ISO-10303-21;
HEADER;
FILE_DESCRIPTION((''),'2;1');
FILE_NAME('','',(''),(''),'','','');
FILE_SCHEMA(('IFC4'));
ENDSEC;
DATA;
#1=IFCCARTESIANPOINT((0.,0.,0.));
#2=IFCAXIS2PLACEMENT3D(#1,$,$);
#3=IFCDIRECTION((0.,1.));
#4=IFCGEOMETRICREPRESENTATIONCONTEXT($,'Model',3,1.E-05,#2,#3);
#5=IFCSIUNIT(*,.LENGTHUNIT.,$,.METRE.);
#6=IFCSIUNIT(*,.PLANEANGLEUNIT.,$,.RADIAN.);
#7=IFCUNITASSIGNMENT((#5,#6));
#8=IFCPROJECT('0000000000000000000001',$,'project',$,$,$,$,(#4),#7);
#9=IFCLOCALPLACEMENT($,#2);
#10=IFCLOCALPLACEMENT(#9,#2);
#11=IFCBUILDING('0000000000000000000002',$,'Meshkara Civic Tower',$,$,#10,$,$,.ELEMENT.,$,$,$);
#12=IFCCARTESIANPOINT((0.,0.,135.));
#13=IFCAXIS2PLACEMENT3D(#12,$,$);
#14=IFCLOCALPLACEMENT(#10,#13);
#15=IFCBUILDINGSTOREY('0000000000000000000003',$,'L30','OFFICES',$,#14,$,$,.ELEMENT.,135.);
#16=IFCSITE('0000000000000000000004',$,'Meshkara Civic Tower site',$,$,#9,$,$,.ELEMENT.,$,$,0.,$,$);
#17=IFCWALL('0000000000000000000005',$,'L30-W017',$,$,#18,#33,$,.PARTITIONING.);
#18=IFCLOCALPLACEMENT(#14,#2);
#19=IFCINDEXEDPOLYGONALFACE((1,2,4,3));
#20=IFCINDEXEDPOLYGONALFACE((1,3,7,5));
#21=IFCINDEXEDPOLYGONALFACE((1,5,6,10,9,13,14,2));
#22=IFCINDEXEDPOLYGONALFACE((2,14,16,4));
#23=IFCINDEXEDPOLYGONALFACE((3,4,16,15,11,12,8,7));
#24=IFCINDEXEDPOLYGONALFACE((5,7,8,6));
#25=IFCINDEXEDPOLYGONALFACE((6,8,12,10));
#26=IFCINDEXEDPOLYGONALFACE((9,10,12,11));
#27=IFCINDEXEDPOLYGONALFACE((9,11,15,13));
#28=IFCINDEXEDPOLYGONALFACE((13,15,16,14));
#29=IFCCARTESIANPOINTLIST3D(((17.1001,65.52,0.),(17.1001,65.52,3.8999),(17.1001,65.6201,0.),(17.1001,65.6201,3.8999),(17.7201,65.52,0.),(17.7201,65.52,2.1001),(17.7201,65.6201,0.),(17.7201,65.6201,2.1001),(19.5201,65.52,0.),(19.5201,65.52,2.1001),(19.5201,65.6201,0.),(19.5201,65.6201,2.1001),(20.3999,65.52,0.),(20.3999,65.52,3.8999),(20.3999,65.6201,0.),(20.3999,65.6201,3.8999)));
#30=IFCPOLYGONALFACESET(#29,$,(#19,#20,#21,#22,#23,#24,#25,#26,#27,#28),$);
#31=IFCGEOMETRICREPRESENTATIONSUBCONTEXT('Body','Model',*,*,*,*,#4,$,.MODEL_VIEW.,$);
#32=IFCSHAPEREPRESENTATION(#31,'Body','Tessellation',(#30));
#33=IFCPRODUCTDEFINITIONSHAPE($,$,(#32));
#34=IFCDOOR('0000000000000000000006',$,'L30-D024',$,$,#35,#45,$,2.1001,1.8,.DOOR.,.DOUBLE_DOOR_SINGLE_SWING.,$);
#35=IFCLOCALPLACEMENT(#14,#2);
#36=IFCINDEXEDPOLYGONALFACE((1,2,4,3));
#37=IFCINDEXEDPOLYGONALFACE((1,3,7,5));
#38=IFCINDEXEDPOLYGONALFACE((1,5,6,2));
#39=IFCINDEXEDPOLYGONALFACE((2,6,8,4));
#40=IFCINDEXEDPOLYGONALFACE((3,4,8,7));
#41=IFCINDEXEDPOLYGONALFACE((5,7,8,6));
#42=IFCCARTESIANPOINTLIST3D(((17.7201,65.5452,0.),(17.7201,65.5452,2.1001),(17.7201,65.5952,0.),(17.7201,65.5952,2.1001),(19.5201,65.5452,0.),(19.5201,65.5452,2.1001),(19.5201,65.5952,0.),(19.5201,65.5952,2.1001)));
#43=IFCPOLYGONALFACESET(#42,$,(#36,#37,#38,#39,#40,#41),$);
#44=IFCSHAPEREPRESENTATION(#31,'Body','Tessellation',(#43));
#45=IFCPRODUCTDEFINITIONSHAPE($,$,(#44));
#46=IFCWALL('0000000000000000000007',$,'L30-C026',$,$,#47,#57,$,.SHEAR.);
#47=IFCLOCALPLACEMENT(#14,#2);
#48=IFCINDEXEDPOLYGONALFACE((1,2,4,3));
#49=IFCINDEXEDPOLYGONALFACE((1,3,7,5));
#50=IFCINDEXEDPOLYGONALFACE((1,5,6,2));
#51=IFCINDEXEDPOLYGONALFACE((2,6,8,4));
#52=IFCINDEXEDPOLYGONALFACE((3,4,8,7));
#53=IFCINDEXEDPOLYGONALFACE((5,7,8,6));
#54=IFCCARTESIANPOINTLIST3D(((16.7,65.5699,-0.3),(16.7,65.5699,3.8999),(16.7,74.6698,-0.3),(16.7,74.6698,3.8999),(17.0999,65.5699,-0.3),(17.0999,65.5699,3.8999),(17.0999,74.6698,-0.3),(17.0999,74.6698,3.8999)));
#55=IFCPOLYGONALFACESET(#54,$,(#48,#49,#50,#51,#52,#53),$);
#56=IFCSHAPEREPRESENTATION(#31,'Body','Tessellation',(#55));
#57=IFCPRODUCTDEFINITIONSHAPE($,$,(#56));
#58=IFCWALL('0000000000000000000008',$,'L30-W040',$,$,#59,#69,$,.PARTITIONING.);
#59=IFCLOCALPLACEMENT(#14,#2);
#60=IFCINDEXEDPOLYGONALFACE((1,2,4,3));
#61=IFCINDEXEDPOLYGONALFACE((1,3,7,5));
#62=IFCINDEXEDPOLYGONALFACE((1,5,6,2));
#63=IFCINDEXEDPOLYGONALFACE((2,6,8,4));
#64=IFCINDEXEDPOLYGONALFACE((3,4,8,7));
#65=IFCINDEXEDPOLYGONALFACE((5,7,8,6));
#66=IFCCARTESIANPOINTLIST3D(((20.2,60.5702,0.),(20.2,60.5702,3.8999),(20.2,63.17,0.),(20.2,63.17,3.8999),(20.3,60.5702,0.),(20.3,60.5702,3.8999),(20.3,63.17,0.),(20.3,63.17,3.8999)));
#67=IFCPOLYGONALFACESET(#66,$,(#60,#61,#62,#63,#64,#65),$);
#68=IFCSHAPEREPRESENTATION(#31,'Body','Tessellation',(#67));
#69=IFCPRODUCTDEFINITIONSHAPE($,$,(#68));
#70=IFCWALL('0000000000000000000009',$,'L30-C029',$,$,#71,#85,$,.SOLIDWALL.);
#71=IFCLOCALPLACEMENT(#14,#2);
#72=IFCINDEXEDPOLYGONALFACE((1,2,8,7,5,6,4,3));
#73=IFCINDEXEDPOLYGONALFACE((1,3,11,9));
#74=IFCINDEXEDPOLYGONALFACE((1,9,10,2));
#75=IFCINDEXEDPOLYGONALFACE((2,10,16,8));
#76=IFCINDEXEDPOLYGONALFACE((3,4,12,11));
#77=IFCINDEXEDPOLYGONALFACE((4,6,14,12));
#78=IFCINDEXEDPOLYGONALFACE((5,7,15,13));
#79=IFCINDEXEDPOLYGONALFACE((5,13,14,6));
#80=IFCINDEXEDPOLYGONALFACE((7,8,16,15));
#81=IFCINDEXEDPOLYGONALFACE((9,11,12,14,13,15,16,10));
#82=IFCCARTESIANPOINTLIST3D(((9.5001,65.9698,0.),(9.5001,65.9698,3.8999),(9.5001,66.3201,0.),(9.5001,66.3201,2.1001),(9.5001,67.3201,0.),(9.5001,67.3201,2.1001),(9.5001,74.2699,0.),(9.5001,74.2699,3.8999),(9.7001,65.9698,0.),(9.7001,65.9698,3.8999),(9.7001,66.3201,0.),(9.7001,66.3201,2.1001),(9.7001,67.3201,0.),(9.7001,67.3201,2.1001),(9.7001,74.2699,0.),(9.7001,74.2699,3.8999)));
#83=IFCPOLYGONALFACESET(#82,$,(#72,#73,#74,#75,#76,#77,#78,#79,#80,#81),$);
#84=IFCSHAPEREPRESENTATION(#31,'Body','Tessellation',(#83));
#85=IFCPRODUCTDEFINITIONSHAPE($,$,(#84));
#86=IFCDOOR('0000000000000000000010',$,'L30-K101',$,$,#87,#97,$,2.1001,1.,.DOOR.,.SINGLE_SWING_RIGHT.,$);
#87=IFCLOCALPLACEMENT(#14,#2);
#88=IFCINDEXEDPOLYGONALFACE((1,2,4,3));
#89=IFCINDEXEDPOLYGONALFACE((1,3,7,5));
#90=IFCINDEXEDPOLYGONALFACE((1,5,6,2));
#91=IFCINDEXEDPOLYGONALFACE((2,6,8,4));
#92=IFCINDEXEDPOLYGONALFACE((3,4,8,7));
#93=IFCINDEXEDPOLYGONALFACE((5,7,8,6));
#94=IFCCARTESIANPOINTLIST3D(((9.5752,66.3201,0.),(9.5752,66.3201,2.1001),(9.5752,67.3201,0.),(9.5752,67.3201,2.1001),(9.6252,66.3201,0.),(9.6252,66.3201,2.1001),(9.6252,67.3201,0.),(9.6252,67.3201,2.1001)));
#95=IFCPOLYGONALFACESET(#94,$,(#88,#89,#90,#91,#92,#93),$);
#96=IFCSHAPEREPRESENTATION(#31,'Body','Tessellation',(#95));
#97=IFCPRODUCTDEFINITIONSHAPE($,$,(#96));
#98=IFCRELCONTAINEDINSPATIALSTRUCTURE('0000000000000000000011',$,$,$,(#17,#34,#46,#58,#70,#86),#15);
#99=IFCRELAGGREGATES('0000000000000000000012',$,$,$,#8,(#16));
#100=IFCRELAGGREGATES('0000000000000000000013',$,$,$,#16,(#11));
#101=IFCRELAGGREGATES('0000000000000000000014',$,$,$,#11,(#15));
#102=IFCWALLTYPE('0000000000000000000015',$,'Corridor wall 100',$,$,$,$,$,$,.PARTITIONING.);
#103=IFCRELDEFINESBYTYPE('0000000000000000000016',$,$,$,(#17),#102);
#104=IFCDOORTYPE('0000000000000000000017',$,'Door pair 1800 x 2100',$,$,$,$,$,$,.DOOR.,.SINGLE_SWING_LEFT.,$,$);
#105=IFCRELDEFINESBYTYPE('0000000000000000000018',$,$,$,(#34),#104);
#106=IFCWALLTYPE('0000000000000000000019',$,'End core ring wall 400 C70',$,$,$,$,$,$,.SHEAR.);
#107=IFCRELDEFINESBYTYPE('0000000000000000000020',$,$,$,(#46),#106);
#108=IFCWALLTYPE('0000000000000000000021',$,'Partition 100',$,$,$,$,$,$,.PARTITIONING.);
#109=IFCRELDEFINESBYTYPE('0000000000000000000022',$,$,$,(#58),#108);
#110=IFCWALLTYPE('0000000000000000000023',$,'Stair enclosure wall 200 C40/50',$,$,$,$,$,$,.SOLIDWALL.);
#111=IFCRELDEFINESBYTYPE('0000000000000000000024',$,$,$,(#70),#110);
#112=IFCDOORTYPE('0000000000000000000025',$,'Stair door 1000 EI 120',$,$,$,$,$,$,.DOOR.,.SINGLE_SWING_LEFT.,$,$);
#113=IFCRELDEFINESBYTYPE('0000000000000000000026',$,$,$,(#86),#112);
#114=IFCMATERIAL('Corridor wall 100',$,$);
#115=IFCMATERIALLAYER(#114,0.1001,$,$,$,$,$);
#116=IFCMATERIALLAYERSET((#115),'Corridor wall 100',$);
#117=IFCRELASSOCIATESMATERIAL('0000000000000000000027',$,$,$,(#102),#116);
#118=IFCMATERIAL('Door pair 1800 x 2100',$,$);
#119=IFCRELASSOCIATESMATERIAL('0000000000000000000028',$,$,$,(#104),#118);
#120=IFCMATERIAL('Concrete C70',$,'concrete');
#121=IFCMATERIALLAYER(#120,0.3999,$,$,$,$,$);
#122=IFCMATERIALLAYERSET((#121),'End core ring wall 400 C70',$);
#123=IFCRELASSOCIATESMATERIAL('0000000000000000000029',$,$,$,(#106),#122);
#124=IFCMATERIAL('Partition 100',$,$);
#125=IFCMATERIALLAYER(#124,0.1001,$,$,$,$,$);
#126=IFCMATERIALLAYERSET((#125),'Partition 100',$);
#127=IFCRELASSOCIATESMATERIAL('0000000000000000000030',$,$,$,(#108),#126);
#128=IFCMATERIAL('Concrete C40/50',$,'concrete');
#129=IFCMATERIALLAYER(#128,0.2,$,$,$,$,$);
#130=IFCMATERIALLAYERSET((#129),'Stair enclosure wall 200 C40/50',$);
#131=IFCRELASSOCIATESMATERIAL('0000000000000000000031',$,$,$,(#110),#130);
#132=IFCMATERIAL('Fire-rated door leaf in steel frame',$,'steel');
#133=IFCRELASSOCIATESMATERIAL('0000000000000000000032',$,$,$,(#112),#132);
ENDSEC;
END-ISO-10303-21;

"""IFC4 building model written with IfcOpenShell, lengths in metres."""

from ifc_helpers import new_model, si_unit, direction, frame, frame_2d, origin, place, context, subcontext, project, spatial, rectangle, extrude, material, layer, layer_set, type_object, element, fill, save


model = new_model("IFC4")

# Units and contexts
model_context = context("Model", 3, precision=1e-05, world=origin(), true_north=direction((0.0, 1.0)))
body_context = subcontext(model_context, "Body", "Model", "MODEL_VIEW")
ifc_project = project(units=[si_unit("LENGTHUNIT", "METRE"), si_unit("PLANEANGLEUNIT", "RADIAN")], contexts=[model_context])

# Site, building, storey
site_placement = place(None, origin())
site = spatial("IfcSite", under=ifc_project, at=site_placement, Name="Meshkara Civic Tower site", CompositionType="ELEMENT", RefElevation=0.0)
building_placement = place(site_placement, origin())
building = spatial("IfcBuilding", under=site, at=building_placement, Name="Meshkara Civic Tower", CompositionType="ELEMENT")
storey_placement = place(building_placement, frame((0.0, 0.0, 135.0)))
storey = spatial("IfcBuildingStorey", under=building, at=storey_placement, Name="L30", Description="OFFICES", CompositionType="ELEMENT", Elevation=135.0)

# Shared definitions
ifc_material_1 = material(Name="Corridor wall 100")
ifc_layer_1 = layer(ifc_material_1, 0.1001)
ifc_layer_set_1 = layer_set([ifc_layer_1], Name="Corridor wall 100")
wall_type_1 = type_object("IfcWallType", Name="Corridor wall 100", PredefinedType="PARTITIONING", material=ifc_layer_set_1)
ifc_material_2 = material(Name="Door pair 1800 x 2100")
door_type_1 = type_object("IfcDoorType", Name="Door pair 1800 x 2100", OperationType="SINGLE_SWING_LEFT", PredefinedType="DOOR", material=ifc_material_2)

# Wall, opening, door
wall_1_placement = place(storey_placement, frame((20.3999, 65.5701, 0.0), z_axis=(0.0, 0.0, 1.0), x_axis=(-1.0, 0.0, 0.0)))
wall_1 = element("IfcWall", 1, at=wall_1_placement, inside=storey, type_object=wall_type_1, Name="L30-W017", PredefinedType="PARTITIONING", context=body_context, shape_type="SweptSolid", body=[
    extrude(rectangle(XDim=3.2998, YDim=0.1001, at=frame_2d((1.6499, 0.0))), origin(), (0.0, 0.0, 1.0), 3.8999),
])
opening_1_placement = place(wall_1_placement, frame((0.8799, 0.0, 0.0)))
opening_1 = element("IfcOpeningElement", 2, at=opening_1_placement, cuts=wall_1, PredefinedType="OPENING", context=body_context, shape_type="SweptSolid", body=[
    extrude(rectangle(XDim=1.8, YDim=2.1001, at=frame_2d((0.8999, 1.05))), frame((0.0, 0.0601, 0.0), z_axis=(0.0, -1.0, 0.0), x_axis=(1.0, 0.0, 0.0)), (0.0, 0.0, 1.0), 0.1201),
])
door_1_placement = place(opening_1_placement, origin())
door_1 = element("IfcDoor", 3, at=door_1_placement, inside=storey, type_object=door_type_1, Name="L30-D024", OperationType="DOUBLE_DOOR_SINGLE_SWING", OverallHeight=2.1001, OverallWidth=1.8, PredefinedType="DOOR", context=body_context, shape_type="SweptSolid", body=[
    extrude(rectangle(XDim=1.8, YDim=2.1001, at=frame_2d((0.8999, 1.05))), frame((0.0, 0.0249, 0.0), z_axis=(0.0, -1.0, 0.0), x_axis=(1.0, 0.0, 0.0)), (0.0, 0.0, 1.0), 0.05),
])
fill(opening_1, door_1)

# Walls
ifc_material_3 = material(Name="Concrete C70", Category="concrete")
ifc_layer_2 = layer(ifc_material_3, 0.3999)
ifc_layer_set_2 = layer_set([ifc_layer_2], Name="End core ring wall 400 C70")
wall_type_2 = type_object("IfcWallType", Name="End core ring wall 400 C70", PredefinedType="SHEAR", material=ifc_layer_set_2)
wall_2_placement = place(storey_placement, frame((16.8999, 65.5701, -0.3), z_axis=(0.0, 0.0, 1.0), x_axis=(0.0, 1.0, 0.0)))
element("IfcWall", 4, at=wall_2_placement, inside=storey, type_object=wall_type_2, Name="L30-C026", PredefinedType="SHEAR", context=body_context, shape_type="SweptSolid", body=[
    extrude(rectangle(XDim=9.0999, YDim=0.3999, at=frame_2d((4.5498, 0.0))), origin(), (0.0, 0.0, 1.0), 4.2),
])
ifc_material_4 = material(Name="Partition 100")
ifc_layer_3 = layer(ifc_material_4, 0.1001)
ifc_layer_set_3 = layer_set([ifc_layer_3], Name="Partition 100")
wall_type_3 = type_object("IfcWallType", Name="Partition 100", PredefinedType="PARTITIONING", material=ifc_layer_set_3)
wall_3_placement = place(storey_placement, frame((20.25, 63.1699, 0.0), z_axis=(0.0, 0.0, 1.0), x_axis=(0.0, -1.0, 0.0)))
element("IfcWall", 5, at=wall_3_placement, inside=storey, type_object=wall_type_3, Name="L30-W040", PredefinedType="PARTITIONING", context=body_context, shape_type="SweptSolid", body=[
    extrude(rectangle(XDim=2.5999, YDim=0.1001, at=frame_2d((1.2998, 0.0))), origin(), (0.0, 0.0, 1.0), 3.8999),
])

# Wall, opening, door
ifc_material_5 = material(Name="Concrete C40/50", Category="concrete")
ifc_layer_4 = layer(ifc_material_5, 0.2)
ifc_layer_set_4 = layer_set([ifc_layer_4], Name="Stair enclosure wall 200 C40/50")
wall_type_4 = type_object("IfcWallType", Name="Stair enclosure wall 200 C40/50", PredefinedType="SOLIDWALL", material=ifc_layer_set_4)
wall_4_placement = place(storey_placement, frame((9.6001, 65.97, 0.0), z_axis=(0.0, 0.0, 1.0), x_axis=(0.0, 1.0, 0.0)))
wall_4 = element("IfcWall", 6, at=wall_4_placement, inside=storey, type_object=wall_type_4, Name="L30-C029", PredefinedType="SOLIDWALL", context=body_context, shape_type="SweptSolid", body=[
    extrude(rectangle(XDim=8.3, YDim=0.2, at=frame_2d((4.1499, 0.0))), origin(), (0.0, 0.0, 1.0), 3.8999),
])
opening_2_placement = place(wall_4_placement, frame((0.3501, 0.0, 0.0)))
opening_2 = element("IfcOpeningElement", 7, at=opening_2_placement, cuts=wall_4, PredefinedType="OPENING", context=body_context, shape_type="SweptSolid", body=[
    extrude(rectangle(XDim=1.0, YDim=2.1001, at=frame_2d((0.5, 1.05))), frame((0.0, 0.1099, 0.0), z_axis=(0.0, -1.0, 0.0), x_axis=(1.0, 0.0, 0.0)), (0.0, 0.0, 1.0), 0.22),
])
ifc_material_6 = material(Name="Fire-rated door leaf in steel frame", Category="steel")
door_type_2 = type_object("IfcDoorType", Name="Stair door 1000 EI 120", OperationType="SINGLE_SWING_LEFT", PredefinedType="DOOR", material=ifc_material_6)
door_2_placement = place(opening_2_placement, origin())
door_2 = element("IfcDoor", 8, at=door_2_placement, inside=storey, type_object=door_type_2, Name="L30-K101", OperationType="SINGLE_SWING_RIGHT", OverallHeight=2.1001, OverallWidth=1.0, PredefinedType="DOOR", context=body_context, shape_type="SweptSolid", body=[
    extrude(rectangle(XDim=1.0, YDim=2.1001, at=frame_2d((0.5, 1.05))), frame((0.0, 0.0249, 0.0), z_axis=(0.0, -1.0, 0.0), x_axis=(1.0, 0.0, 0.0)), (0.0, 0.0, 1.0), 0.05),
])
fill(opening_2, door_2)

save(model, "model.ifc")
